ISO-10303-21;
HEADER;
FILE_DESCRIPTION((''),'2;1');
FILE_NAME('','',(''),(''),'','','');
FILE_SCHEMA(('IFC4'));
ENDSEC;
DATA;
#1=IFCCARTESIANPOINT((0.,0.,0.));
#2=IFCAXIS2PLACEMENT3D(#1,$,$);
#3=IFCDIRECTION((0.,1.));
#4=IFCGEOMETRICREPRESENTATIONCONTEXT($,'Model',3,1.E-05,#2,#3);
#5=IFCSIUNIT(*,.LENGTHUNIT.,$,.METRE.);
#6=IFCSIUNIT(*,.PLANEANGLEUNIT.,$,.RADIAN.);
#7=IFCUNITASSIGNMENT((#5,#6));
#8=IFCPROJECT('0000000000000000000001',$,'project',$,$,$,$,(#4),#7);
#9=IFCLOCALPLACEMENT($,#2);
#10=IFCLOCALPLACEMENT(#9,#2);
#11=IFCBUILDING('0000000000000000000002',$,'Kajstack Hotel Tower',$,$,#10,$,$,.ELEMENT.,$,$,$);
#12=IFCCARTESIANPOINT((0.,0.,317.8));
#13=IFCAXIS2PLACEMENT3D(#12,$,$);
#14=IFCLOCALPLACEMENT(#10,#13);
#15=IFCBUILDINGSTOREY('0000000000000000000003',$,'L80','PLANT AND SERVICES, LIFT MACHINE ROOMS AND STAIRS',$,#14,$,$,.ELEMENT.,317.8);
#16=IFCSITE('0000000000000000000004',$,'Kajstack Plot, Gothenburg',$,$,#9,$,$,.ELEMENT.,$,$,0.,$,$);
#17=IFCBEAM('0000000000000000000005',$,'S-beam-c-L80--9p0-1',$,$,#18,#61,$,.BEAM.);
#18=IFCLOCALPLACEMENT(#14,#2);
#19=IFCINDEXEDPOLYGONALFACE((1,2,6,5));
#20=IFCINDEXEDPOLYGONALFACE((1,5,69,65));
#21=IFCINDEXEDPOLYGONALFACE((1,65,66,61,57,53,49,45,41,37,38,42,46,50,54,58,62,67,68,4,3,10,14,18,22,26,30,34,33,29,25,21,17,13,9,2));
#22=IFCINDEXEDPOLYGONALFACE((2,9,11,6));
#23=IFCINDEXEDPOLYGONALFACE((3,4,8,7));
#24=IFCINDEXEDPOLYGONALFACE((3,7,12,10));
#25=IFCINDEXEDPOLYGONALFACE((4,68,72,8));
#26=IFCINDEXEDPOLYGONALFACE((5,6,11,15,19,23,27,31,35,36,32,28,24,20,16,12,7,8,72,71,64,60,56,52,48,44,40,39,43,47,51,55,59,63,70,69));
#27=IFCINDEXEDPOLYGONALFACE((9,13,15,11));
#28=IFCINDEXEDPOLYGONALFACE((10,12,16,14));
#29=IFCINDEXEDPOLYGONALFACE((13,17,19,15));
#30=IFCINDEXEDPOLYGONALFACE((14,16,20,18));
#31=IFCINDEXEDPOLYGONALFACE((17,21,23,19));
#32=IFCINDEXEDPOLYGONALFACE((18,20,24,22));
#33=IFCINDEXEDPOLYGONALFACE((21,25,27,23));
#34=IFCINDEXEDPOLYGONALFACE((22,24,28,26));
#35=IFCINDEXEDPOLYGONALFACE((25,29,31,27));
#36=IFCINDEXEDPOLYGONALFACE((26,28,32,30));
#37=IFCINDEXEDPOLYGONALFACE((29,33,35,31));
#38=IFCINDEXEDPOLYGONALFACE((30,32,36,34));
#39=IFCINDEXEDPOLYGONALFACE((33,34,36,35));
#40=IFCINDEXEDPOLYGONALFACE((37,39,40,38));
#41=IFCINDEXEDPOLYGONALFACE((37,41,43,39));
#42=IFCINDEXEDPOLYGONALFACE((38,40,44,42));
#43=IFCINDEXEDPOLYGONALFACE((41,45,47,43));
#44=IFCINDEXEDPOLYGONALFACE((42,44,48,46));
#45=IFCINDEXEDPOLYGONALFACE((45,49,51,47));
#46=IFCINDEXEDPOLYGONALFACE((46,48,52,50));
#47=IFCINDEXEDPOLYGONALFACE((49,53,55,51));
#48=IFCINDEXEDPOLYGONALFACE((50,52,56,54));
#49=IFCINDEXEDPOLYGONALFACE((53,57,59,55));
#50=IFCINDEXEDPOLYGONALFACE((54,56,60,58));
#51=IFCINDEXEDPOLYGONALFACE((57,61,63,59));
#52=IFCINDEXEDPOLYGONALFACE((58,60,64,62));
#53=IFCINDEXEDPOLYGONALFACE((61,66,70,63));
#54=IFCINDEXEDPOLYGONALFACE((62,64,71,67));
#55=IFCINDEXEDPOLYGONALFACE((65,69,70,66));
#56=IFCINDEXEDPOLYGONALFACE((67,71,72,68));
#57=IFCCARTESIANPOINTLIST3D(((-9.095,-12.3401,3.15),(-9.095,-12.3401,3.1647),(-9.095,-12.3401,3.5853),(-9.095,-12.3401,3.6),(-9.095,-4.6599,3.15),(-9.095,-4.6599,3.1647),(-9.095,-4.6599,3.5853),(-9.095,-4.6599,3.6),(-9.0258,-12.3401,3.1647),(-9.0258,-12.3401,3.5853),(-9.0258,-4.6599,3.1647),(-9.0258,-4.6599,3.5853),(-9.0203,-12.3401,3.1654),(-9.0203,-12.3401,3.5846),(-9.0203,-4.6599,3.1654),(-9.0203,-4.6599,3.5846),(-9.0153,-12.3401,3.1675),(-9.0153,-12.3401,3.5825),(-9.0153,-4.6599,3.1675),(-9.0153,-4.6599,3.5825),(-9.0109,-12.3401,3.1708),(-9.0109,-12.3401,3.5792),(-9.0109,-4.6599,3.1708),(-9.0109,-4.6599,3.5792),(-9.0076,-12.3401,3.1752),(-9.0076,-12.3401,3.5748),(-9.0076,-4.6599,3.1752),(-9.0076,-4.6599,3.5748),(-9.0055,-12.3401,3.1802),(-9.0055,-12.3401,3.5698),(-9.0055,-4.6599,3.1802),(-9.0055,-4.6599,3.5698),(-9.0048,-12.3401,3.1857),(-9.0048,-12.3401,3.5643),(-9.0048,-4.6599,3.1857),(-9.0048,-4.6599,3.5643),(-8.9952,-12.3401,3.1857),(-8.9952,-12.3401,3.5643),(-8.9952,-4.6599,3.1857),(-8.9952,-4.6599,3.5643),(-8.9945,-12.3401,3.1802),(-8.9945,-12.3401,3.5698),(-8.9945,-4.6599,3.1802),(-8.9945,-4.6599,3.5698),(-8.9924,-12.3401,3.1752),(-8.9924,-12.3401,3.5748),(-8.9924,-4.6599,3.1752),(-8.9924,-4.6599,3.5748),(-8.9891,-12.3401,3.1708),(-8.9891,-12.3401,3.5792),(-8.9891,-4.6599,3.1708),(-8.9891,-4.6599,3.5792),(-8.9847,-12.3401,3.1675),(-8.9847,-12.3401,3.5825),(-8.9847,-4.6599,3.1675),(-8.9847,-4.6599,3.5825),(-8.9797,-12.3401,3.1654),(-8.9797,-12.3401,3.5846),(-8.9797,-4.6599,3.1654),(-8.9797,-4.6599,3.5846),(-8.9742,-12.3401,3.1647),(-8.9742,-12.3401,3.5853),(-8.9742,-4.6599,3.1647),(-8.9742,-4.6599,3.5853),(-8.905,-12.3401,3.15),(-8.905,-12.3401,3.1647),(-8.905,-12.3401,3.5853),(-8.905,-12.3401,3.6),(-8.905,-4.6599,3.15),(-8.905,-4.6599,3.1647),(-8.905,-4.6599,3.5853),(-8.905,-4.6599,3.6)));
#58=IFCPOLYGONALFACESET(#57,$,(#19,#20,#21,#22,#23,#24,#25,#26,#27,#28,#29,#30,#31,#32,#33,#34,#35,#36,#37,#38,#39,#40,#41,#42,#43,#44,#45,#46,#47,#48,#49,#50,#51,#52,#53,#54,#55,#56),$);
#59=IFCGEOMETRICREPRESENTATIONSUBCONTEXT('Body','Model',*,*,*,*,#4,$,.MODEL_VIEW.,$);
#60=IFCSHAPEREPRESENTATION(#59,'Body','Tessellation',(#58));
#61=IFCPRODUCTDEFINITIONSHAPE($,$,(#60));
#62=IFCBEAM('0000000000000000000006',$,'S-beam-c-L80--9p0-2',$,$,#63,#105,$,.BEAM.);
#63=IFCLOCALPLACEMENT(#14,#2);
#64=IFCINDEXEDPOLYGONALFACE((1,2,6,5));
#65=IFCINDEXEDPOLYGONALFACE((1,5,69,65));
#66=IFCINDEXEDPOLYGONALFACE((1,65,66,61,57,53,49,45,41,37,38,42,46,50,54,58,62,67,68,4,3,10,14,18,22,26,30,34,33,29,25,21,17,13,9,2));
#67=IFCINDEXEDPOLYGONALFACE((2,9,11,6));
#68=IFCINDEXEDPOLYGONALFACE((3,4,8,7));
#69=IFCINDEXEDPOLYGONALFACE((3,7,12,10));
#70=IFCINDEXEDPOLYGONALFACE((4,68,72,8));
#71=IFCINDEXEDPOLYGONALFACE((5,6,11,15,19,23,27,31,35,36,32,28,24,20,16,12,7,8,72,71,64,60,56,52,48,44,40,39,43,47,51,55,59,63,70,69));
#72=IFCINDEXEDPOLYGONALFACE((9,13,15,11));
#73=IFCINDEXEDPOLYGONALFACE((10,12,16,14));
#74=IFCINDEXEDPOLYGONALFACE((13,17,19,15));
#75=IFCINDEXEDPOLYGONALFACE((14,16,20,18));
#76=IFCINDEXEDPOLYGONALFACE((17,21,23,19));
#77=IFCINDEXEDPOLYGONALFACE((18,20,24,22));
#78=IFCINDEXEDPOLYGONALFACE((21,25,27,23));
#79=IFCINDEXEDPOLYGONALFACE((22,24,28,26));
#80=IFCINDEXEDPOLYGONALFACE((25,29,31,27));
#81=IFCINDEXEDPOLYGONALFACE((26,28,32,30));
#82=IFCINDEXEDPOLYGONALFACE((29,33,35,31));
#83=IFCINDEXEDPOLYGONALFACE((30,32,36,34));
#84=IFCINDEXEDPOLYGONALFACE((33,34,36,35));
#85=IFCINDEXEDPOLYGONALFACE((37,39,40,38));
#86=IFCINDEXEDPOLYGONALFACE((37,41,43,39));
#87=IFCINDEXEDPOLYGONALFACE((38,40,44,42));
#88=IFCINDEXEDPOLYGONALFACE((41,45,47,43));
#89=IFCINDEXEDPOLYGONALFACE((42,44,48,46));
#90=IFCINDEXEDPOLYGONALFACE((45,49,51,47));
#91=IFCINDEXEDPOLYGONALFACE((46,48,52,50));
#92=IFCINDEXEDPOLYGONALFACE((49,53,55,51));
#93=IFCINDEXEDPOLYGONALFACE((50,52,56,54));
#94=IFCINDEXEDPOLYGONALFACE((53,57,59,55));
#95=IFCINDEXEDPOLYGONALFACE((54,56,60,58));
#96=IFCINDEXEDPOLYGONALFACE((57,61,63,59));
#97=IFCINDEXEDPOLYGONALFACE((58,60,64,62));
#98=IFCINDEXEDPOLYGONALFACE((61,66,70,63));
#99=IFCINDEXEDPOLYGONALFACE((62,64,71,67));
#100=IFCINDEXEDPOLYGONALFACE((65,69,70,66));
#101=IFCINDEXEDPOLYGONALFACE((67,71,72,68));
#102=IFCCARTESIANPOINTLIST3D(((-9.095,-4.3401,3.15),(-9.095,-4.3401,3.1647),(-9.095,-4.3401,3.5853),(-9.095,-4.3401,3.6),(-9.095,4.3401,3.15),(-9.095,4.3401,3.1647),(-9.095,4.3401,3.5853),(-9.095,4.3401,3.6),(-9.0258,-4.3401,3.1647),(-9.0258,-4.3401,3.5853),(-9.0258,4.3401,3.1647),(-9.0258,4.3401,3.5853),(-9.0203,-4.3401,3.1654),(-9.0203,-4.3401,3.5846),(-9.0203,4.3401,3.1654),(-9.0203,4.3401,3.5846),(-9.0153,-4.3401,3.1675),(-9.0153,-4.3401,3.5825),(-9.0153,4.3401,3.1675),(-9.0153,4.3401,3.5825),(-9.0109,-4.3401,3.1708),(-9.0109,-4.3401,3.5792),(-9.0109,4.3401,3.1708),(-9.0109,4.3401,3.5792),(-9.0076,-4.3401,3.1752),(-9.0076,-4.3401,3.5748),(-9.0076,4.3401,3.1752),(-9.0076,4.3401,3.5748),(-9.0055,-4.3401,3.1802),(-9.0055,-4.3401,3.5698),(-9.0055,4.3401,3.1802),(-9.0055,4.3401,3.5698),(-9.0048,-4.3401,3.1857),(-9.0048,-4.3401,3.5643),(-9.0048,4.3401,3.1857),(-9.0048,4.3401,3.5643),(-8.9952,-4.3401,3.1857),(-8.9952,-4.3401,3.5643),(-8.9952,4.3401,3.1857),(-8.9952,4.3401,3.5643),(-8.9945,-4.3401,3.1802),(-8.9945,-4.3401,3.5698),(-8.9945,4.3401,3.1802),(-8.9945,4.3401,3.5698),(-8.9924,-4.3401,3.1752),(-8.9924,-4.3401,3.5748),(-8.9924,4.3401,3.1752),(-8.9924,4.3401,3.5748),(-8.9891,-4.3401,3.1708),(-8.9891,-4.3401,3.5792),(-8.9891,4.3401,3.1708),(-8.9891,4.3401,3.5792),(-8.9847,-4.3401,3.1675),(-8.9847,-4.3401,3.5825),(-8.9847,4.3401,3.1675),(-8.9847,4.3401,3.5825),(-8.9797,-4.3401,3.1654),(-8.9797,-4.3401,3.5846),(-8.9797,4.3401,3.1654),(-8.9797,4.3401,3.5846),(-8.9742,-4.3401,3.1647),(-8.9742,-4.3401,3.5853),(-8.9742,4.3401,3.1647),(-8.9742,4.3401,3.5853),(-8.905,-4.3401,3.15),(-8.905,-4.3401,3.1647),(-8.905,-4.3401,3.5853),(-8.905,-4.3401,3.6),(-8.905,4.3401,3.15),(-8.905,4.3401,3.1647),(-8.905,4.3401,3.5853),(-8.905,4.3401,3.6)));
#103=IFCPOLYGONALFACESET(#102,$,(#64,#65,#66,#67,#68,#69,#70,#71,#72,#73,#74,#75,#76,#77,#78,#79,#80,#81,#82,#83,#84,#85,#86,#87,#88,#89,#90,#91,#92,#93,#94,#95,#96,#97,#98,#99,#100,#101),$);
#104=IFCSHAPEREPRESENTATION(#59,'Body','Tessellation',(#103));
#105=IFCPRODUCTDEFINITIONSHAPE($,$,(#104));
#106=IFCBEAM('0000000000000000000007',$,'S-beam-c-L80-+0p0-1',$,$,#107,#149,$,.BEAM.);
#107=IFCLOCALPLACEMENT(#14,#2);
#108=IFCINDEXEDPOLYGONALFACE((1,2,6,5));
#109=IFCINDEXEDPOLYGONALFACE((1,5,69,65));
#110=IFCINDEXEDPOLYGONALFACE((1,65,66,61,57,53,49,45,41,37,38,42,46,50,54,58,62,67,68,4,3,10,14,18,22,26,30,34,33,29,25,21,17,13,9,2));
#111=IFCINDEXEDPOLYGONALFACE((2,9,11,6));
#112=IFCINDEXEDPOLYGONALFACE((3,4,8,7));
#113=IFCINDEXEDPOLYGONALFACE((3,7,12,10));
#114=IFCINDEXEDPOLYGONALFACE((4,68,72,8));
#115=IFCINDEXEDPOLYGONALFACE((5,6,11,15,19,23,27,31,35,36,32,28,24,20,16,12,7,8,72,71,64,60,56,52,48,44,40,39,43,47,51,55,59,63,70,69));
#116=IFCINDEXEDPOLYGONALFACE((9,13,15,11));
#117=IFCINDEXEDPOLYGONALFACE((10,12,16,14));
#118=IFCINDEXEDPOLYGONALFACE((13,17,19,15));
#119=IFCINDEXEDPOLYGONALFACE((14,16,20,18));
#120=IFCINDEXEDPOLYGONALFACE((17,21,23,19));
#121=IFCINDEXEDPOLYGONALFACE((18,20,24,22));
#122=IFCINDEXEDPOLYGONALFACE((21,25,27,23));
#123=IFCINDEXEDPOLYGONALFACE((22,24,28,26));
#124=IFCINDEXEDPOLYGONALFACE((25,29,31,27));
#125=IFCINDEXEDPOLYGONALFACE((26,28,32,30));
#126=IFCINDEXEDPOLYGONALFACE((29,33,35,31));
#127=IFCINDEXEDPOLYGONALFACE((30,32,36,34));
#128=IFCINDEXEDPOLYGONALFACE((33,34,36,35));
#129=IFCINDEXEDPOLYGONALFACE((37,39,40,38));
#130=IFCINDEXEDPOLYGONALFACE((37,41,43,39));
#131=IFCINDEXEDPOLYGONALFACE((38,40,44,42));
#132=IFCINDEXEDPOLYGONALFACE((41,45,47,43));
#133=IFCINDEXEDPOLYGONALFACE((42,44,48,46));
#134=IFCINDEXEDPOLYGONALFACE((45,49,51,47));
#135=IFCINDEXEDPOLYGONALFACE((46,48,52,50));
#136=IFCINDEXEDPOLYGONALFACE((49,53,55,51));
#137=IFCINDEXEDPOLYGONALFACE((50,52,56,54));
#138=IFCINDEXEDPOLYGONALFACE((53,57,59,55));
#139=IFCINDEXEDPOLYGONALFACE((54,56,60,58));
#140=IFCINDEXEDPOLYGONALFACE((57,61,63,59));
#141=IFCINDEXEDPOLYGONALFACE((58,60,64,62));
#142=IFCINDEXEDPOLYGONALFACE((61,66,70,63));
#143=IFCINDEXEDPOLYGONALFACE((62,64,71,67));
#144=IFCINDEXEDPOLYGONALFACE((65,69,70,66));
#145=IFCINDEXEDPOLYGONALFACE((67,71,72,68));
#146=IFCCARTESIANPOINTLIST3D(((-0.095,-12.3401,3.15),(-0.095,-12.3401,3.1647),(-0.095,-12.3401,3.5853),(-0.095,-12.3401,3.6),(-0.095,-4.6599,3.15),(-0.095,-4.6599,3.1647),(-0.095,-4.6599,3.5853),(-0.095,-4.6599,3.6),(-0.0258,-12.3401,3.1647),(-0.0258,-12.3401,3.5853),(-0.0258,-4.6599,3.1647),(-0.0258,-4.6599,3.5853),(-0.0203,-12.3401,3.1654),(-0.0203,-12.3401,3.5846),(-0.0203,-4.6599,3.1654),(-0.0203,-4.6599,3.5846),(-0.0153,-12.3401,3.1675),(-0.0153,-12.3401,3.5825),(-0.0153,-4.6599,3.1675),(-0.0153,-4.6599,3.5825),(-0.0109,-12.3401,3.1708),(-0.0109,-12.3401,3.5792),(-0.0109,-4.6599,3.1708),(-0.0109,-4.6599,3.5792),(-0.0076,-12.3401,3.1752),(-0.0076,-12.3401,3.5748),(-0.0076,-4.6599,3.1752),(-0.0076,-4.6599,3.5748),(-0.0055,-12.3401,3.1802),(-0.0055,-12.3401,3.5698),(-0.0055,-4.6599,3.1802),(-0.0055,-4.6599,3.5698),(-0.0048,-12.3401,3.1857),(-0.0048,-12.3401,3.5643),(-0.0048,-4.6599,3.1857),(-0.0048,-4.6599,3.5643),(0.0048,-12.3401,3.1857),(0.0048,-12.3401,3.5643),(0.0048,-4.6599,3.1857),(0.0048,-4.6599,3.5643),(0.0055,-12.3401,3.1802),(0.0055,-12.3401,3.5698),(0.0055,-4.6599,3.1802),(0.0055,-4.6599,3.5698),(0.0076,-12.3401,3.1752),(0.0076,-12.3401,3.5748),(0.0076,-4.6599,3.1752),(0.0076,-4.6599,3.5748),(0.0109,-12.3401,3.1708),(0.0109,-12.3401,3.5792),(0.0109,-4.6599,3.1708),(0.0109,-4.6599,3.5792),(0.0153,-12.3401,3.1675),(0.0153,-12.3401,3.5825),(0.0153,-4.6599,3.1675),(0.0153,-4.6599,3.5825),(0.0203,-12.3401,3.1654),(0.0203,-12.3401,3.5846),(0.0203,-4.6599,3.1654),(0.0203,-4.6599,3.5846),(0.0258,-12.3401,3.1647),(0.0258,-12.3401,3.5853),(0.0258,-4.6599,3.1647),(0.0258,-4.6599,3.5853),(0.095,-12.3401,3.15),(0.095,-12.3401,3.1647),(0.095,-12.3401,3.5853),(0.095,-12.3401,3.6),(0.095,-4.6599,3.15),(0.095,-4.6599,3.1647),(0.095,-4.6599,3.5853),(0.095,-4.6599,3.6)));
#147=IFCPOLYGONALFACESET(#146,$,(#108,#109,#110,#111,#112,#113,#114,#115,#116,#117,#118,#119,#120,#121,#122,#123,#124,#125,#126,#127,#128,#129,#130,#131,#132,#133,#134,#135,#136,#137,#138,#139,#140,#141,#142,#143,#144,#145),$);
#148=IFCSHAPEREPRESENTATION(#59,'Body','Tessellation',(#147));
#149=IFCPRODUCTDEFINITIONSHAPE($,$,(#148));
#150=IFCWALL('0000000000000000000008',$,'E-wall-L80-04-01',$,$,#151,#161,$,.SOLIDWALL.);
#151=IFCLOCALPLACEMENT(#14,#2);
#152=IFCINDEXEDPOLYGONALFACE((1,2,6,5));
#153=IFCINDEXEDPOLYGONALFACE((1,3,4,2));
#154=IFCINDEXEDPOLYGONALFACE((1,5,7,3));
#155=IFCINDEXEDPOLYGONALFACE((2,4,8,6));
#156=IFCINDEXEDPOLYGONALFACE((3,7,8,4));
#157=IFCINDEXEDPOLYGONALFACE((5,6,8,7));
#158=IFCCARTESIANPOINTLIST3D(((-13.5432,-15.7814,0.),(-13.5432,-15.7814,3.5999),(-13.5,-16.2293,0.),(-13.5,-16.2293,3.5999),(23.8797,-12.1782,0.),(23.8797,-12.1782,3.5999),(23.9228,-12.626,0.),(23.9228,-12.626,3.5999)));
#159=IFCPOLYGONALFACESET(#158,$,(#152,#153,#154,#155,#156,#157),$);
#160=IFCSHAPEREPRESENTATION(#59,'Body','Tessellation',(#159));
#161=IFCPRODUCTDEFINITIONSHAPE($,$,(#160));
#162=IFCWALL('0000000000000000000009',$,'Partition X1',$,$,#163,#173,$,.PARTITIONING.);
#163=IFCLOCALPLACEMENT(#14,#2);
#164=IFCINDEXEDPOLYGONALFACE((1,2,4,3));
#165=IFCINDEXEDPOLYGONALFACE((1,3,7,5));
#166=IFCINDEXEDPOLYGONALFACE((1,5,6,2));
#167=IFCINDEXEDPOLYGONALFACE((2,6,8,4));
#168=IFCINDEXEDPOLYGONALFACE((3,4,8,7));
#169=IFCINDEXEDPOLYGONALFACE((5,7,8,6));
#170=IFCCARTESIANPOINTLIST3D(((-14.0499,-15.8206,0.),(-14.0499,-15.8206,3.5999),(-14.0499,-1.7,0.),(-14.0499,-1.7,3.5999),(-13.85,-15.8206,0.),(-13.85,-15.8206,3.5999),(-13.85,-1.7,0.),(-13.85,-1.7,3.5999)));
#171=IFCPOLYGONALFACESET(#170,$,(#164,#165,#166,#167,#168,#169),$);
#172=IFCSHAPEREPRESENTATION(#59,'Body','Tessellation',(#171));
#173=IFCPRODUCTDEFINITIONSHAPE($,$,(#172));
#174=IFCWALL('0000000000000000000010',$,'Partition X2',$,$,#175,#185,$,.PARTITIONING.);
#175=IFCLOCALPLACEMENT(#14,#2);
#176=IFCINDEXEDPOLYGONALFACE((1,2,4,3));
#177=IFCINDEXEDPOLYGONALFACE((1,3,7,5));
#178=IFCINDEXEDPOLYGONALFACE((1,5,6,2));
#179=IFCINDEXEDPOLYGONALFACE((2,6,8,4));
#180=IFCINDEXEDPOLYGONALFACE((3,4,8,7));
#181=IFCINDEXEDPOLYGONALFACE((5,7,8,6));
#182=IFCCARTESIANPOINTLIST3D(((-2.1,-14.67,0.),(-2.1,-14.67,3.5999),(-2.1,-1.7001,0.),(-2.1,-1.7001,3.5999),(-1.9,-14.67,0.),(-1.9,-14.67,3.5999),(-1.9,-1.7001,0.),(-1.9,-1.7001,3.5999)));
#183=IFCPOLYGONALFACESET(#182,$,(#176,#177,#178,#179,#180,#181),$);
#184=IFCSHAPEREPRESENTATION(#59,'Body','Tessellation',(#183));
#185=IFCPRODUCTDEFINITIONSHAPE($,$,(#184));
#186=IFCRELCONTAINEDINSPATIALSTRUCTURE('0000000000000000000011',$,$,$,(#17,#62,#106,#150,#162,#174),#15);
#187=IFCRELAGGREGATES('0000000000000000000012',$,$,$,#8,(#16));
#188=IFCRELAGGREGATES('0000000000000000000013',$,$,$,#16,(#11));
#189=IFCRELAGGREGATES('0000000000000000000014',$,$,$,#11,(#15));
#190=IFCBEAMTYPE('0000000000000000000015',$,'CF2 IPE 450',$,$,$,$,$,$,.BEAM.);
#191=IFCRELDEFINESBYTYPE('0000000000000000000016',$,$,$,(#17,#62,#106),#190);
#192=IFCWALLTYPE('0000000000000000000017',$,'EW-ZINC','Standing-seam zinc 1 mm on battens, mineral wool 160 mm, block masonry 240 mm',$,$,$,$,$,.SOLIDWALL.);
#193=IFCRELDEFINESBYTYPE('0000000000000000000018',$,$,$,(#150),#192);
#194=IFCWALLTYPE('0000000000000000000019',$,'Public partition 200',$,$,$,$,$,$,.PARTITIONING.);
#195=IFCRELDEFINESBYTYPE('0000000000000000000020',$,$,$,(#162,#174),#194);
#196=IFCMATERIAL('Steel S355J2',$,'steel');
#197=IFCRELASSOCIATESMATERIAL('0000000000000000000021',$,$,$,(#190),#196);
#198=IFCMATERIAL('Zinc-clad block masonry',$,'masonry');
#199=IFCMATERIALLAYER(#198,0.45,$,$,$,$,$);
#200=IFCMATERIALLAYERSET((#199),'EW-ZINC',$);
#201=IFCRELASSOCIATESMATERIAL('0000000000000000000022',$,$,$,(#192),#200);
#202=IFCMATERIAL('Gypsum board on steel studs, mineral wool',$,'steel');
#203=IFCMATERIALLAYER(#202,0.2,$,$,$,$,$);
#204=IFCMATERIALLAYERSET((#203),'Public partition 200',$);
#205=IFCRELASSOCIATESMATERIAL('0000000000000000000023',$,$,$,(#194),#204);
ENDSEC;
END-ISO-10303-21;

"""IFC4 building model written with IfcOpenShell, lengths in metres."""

from ifc_helpers import new_model, si_unit, direction, frame, frame_2d, origin, origin_2d, place, context, subcontext, project, spatial, rectangle, i_section, extrude, material, layer, layer_set, material_profile, profile_set, type_object, element, save


model = new_model("IFC4")

# Units and contexts
model_context = context("Model", 3, precision=1e-05, world=origin(), true_north=direction((0.0, 1.0)))
body_context = subcontext(model_context, "Body", "Model", "MODEL_VIEW")
ifc_project = project(units=[si_unit("LENGTHUNIT", "METRE"), si_unit("PLANEANGLEUNIT", "RADIAN")], contexts=[model_context])

# Site, building, storey
site_placement = place(None, origin())
site = spatial("IfcSite", under=ifc_project, at=site_placement, Name="Kajstack Plot, Gothenburg", CompositionType="ELEMENT", RefElevation=0.0)
building_placement = place(site_placement, origin())
building = spatial("IfcBuilding", under=site, at=building_placement, Name="Kajstack Hotel Tower", CompositionType="ELEMENT")
storey_placement = place(building_placement, frame((0.0, 0.0, 317.8)))
storey = spatial("IfcBuildingStorey", under=building, at=storey_placement, Name="L80", Description="PLANT AND SERVICES, LIFT MACHINE ROOMS AND STAIRS", CompositionType="ELEMENT", Elevation=317.8)

# Shared definitions
ifc_material_1 = material(Name="Steel S355J2", Category="steel")

# Beams
ifc_material_profile_1 = material_profile(ifc_material_1, i_section(OverallWidth=0.1899, OverallDepth=0.45, WebThickness=0.0095, FlangeThickness=0.0146, FilletRadius=0.021, at=origin_2d()), Name="IPE 450")
ifc_profile_set_1 = profile_set([ifc_material_profile_1], Name="Steel S355J2")
beam_type = type_object("IfcBeamType", Name="CF2 IPE 450", PredefinedType="BEAM", material=ifc_profile_set_1)
beam_1_placement = place(storey_placement, frame((-9.0, -12.3401, 3.375), z_axis=(0.0, 1.0, 0.0), x_axis=(-1.0, 0.0, 0.0)))
element("IfcBeam", 1, at=beam_1_placement, inside=storey, type_object=beam_type, Name="S-beam-c-L80--9p0-1", PredefinedType="BEAM", context=body_context, shape_type="SweptSolid", body=[
    extrude(i_section(OverallWidth=0.1899, OverallDepth=0.45, WebThickness=0.0095, FlangeThickness=0.0146, FilletRadius=0.021, at=origin_2d()), origin(), (0.0, 0.0, 1.0), 7.6802),
])
beam_2_placement = place(storey_placement, frame((-9.0, -4.3401, 3.375), z_axis=(0.0, 1.0, 0.0), x_axis=(-1.0, 0.0, 0.0)))
element("IfcBeam", 2, at=beam_2_placement, inside=storey, type_object=beam_type, Name="S-beam-c-L80--9p0-2", PredefinedType="BEAM", context=body_context, shape_type="SweptSolid", body=[
    extrude(i_section(OverallWidth=0.1899, OverallDepth=0.45, WebThickness=0.0095, FlangeThickness=0.0146, FilletRadius=0.021, at=origin_2d()), origin(), (0.0, 0.0, 1.0), 8.6802),
])
beam_3_placement = place(storey_placement, frame((0.0, -12.3401, 3.375), z_axis=(0.0, 1.0, 0.0), x_axis=(-1.0, 0.0, 0.0)))
element("IfcBeam", 3, at=beam_3_placement, inside=storey, type_object=beam_type, Name="S-beam-c-L80-+0p0-1", PredefinedType="BEAM", context=body_context, shape_type="SweptSolid", body=[
    extrude(i_section(OverallWidth=0.1899, OverallDepth=0.45, WebThickness=0.0095, FlangeThickness=0.0146, FilletRadius=0.021, at=origin_2d()), origin(), (0.0, 0.0, 1.0), 7.6802),
])

# Walls
ifc_material_2 = material(Name="Zinc-clad block masonry", Category="masonry")
ifc_layer_1 = layer(ifc_material_2, 0.45)
ifc_layer_set_1 = layer_set([ifc_layer_1], Name="EW-ZINC")
wall_type_1 = type_object("IfcWallType", Name="EW-ZINC", Description="Standing-seam zinc 1 mm on battens, mineral wool 160 mm, block masonry 240 mm", PredefinedType="SOLIDWALL", material=ifc_layer_set_1)
wall_1_placement = place(storey_placement, frame((-13.5215, -16.0054, 0.0), z_axis=(0.0, 0.0, 1.0), x_axis=(0.995397, 0.095842, 0.0)))
element("IfcWall", 4, at=wall_1_placement, inside=storey, type_object=wall_type_1, Name="E-wall-L80-04-01", PredefinedType="SOLIDWALL", context=body_context, shape_type="SweptSolid", body=[
    extrude(rectangle(XDim=37.5959, YDim=0.45, at=frame_2d((18.7979, 0.0))), origin(), (0.0, 0.0, 1.0), 3.5999),
])
ifc_material_3 = material(Name="Gypsum board on steel studs, mineral wool", Category="steel")
ifc_layer_2 = layer(ifc_material_3, 0.2)
ifc_layer_set_2 = layer_set([ifc_layer_2], Name="Public partition 200")
wall_type_2 = type_object("IfcWallType", Name="Public partition 200", PredefinedType="PARTITIONING", material=ifc_layer_set_2)
wall_2_placement = place(storey_placement, frame((-13.95, -15.8206, 0.0), z_axis=(0.0, 0.0, 1.0), x_axis=(0.0, 1.0, 0.0)))
element("IfcWall", 5, at=wall_2_placement, inside=storey, type_object=wall_type_2, Name="Partition X1", PredefinedType="PARTITIONING", context=body_context, shape_type="SweptSolid", body=[
    extrude(rectangle(XDim=14.1206, YDim=0.2, at=frame_2d((7.0603, 0.0))), origin(), (0.0, 0.0, 1.0), 3.5999),
])
wall_3_placement = place(storey_placement, frame((-2.0, -14.6699, 0.0), z_axis=(0.0, 0.0, 1.0), x_axis=(0.0, 1.0, 0.0)))
element("IfcWall", 6, at=wall_3_placement, inside=storey, type_object=wall_type_2, Name="Partition X2", PredefinedType="PARTITIONING", context=body_context, shape_type="SweptSolid", body=[
    extrude(rectangle(XDim=12.97, YDim=0.2, at=frame_2d((6.4849, 0.0))), origin(), (0.0, 0.0, 1.0), 3.5999),
])

save(model, "model.ifc")
